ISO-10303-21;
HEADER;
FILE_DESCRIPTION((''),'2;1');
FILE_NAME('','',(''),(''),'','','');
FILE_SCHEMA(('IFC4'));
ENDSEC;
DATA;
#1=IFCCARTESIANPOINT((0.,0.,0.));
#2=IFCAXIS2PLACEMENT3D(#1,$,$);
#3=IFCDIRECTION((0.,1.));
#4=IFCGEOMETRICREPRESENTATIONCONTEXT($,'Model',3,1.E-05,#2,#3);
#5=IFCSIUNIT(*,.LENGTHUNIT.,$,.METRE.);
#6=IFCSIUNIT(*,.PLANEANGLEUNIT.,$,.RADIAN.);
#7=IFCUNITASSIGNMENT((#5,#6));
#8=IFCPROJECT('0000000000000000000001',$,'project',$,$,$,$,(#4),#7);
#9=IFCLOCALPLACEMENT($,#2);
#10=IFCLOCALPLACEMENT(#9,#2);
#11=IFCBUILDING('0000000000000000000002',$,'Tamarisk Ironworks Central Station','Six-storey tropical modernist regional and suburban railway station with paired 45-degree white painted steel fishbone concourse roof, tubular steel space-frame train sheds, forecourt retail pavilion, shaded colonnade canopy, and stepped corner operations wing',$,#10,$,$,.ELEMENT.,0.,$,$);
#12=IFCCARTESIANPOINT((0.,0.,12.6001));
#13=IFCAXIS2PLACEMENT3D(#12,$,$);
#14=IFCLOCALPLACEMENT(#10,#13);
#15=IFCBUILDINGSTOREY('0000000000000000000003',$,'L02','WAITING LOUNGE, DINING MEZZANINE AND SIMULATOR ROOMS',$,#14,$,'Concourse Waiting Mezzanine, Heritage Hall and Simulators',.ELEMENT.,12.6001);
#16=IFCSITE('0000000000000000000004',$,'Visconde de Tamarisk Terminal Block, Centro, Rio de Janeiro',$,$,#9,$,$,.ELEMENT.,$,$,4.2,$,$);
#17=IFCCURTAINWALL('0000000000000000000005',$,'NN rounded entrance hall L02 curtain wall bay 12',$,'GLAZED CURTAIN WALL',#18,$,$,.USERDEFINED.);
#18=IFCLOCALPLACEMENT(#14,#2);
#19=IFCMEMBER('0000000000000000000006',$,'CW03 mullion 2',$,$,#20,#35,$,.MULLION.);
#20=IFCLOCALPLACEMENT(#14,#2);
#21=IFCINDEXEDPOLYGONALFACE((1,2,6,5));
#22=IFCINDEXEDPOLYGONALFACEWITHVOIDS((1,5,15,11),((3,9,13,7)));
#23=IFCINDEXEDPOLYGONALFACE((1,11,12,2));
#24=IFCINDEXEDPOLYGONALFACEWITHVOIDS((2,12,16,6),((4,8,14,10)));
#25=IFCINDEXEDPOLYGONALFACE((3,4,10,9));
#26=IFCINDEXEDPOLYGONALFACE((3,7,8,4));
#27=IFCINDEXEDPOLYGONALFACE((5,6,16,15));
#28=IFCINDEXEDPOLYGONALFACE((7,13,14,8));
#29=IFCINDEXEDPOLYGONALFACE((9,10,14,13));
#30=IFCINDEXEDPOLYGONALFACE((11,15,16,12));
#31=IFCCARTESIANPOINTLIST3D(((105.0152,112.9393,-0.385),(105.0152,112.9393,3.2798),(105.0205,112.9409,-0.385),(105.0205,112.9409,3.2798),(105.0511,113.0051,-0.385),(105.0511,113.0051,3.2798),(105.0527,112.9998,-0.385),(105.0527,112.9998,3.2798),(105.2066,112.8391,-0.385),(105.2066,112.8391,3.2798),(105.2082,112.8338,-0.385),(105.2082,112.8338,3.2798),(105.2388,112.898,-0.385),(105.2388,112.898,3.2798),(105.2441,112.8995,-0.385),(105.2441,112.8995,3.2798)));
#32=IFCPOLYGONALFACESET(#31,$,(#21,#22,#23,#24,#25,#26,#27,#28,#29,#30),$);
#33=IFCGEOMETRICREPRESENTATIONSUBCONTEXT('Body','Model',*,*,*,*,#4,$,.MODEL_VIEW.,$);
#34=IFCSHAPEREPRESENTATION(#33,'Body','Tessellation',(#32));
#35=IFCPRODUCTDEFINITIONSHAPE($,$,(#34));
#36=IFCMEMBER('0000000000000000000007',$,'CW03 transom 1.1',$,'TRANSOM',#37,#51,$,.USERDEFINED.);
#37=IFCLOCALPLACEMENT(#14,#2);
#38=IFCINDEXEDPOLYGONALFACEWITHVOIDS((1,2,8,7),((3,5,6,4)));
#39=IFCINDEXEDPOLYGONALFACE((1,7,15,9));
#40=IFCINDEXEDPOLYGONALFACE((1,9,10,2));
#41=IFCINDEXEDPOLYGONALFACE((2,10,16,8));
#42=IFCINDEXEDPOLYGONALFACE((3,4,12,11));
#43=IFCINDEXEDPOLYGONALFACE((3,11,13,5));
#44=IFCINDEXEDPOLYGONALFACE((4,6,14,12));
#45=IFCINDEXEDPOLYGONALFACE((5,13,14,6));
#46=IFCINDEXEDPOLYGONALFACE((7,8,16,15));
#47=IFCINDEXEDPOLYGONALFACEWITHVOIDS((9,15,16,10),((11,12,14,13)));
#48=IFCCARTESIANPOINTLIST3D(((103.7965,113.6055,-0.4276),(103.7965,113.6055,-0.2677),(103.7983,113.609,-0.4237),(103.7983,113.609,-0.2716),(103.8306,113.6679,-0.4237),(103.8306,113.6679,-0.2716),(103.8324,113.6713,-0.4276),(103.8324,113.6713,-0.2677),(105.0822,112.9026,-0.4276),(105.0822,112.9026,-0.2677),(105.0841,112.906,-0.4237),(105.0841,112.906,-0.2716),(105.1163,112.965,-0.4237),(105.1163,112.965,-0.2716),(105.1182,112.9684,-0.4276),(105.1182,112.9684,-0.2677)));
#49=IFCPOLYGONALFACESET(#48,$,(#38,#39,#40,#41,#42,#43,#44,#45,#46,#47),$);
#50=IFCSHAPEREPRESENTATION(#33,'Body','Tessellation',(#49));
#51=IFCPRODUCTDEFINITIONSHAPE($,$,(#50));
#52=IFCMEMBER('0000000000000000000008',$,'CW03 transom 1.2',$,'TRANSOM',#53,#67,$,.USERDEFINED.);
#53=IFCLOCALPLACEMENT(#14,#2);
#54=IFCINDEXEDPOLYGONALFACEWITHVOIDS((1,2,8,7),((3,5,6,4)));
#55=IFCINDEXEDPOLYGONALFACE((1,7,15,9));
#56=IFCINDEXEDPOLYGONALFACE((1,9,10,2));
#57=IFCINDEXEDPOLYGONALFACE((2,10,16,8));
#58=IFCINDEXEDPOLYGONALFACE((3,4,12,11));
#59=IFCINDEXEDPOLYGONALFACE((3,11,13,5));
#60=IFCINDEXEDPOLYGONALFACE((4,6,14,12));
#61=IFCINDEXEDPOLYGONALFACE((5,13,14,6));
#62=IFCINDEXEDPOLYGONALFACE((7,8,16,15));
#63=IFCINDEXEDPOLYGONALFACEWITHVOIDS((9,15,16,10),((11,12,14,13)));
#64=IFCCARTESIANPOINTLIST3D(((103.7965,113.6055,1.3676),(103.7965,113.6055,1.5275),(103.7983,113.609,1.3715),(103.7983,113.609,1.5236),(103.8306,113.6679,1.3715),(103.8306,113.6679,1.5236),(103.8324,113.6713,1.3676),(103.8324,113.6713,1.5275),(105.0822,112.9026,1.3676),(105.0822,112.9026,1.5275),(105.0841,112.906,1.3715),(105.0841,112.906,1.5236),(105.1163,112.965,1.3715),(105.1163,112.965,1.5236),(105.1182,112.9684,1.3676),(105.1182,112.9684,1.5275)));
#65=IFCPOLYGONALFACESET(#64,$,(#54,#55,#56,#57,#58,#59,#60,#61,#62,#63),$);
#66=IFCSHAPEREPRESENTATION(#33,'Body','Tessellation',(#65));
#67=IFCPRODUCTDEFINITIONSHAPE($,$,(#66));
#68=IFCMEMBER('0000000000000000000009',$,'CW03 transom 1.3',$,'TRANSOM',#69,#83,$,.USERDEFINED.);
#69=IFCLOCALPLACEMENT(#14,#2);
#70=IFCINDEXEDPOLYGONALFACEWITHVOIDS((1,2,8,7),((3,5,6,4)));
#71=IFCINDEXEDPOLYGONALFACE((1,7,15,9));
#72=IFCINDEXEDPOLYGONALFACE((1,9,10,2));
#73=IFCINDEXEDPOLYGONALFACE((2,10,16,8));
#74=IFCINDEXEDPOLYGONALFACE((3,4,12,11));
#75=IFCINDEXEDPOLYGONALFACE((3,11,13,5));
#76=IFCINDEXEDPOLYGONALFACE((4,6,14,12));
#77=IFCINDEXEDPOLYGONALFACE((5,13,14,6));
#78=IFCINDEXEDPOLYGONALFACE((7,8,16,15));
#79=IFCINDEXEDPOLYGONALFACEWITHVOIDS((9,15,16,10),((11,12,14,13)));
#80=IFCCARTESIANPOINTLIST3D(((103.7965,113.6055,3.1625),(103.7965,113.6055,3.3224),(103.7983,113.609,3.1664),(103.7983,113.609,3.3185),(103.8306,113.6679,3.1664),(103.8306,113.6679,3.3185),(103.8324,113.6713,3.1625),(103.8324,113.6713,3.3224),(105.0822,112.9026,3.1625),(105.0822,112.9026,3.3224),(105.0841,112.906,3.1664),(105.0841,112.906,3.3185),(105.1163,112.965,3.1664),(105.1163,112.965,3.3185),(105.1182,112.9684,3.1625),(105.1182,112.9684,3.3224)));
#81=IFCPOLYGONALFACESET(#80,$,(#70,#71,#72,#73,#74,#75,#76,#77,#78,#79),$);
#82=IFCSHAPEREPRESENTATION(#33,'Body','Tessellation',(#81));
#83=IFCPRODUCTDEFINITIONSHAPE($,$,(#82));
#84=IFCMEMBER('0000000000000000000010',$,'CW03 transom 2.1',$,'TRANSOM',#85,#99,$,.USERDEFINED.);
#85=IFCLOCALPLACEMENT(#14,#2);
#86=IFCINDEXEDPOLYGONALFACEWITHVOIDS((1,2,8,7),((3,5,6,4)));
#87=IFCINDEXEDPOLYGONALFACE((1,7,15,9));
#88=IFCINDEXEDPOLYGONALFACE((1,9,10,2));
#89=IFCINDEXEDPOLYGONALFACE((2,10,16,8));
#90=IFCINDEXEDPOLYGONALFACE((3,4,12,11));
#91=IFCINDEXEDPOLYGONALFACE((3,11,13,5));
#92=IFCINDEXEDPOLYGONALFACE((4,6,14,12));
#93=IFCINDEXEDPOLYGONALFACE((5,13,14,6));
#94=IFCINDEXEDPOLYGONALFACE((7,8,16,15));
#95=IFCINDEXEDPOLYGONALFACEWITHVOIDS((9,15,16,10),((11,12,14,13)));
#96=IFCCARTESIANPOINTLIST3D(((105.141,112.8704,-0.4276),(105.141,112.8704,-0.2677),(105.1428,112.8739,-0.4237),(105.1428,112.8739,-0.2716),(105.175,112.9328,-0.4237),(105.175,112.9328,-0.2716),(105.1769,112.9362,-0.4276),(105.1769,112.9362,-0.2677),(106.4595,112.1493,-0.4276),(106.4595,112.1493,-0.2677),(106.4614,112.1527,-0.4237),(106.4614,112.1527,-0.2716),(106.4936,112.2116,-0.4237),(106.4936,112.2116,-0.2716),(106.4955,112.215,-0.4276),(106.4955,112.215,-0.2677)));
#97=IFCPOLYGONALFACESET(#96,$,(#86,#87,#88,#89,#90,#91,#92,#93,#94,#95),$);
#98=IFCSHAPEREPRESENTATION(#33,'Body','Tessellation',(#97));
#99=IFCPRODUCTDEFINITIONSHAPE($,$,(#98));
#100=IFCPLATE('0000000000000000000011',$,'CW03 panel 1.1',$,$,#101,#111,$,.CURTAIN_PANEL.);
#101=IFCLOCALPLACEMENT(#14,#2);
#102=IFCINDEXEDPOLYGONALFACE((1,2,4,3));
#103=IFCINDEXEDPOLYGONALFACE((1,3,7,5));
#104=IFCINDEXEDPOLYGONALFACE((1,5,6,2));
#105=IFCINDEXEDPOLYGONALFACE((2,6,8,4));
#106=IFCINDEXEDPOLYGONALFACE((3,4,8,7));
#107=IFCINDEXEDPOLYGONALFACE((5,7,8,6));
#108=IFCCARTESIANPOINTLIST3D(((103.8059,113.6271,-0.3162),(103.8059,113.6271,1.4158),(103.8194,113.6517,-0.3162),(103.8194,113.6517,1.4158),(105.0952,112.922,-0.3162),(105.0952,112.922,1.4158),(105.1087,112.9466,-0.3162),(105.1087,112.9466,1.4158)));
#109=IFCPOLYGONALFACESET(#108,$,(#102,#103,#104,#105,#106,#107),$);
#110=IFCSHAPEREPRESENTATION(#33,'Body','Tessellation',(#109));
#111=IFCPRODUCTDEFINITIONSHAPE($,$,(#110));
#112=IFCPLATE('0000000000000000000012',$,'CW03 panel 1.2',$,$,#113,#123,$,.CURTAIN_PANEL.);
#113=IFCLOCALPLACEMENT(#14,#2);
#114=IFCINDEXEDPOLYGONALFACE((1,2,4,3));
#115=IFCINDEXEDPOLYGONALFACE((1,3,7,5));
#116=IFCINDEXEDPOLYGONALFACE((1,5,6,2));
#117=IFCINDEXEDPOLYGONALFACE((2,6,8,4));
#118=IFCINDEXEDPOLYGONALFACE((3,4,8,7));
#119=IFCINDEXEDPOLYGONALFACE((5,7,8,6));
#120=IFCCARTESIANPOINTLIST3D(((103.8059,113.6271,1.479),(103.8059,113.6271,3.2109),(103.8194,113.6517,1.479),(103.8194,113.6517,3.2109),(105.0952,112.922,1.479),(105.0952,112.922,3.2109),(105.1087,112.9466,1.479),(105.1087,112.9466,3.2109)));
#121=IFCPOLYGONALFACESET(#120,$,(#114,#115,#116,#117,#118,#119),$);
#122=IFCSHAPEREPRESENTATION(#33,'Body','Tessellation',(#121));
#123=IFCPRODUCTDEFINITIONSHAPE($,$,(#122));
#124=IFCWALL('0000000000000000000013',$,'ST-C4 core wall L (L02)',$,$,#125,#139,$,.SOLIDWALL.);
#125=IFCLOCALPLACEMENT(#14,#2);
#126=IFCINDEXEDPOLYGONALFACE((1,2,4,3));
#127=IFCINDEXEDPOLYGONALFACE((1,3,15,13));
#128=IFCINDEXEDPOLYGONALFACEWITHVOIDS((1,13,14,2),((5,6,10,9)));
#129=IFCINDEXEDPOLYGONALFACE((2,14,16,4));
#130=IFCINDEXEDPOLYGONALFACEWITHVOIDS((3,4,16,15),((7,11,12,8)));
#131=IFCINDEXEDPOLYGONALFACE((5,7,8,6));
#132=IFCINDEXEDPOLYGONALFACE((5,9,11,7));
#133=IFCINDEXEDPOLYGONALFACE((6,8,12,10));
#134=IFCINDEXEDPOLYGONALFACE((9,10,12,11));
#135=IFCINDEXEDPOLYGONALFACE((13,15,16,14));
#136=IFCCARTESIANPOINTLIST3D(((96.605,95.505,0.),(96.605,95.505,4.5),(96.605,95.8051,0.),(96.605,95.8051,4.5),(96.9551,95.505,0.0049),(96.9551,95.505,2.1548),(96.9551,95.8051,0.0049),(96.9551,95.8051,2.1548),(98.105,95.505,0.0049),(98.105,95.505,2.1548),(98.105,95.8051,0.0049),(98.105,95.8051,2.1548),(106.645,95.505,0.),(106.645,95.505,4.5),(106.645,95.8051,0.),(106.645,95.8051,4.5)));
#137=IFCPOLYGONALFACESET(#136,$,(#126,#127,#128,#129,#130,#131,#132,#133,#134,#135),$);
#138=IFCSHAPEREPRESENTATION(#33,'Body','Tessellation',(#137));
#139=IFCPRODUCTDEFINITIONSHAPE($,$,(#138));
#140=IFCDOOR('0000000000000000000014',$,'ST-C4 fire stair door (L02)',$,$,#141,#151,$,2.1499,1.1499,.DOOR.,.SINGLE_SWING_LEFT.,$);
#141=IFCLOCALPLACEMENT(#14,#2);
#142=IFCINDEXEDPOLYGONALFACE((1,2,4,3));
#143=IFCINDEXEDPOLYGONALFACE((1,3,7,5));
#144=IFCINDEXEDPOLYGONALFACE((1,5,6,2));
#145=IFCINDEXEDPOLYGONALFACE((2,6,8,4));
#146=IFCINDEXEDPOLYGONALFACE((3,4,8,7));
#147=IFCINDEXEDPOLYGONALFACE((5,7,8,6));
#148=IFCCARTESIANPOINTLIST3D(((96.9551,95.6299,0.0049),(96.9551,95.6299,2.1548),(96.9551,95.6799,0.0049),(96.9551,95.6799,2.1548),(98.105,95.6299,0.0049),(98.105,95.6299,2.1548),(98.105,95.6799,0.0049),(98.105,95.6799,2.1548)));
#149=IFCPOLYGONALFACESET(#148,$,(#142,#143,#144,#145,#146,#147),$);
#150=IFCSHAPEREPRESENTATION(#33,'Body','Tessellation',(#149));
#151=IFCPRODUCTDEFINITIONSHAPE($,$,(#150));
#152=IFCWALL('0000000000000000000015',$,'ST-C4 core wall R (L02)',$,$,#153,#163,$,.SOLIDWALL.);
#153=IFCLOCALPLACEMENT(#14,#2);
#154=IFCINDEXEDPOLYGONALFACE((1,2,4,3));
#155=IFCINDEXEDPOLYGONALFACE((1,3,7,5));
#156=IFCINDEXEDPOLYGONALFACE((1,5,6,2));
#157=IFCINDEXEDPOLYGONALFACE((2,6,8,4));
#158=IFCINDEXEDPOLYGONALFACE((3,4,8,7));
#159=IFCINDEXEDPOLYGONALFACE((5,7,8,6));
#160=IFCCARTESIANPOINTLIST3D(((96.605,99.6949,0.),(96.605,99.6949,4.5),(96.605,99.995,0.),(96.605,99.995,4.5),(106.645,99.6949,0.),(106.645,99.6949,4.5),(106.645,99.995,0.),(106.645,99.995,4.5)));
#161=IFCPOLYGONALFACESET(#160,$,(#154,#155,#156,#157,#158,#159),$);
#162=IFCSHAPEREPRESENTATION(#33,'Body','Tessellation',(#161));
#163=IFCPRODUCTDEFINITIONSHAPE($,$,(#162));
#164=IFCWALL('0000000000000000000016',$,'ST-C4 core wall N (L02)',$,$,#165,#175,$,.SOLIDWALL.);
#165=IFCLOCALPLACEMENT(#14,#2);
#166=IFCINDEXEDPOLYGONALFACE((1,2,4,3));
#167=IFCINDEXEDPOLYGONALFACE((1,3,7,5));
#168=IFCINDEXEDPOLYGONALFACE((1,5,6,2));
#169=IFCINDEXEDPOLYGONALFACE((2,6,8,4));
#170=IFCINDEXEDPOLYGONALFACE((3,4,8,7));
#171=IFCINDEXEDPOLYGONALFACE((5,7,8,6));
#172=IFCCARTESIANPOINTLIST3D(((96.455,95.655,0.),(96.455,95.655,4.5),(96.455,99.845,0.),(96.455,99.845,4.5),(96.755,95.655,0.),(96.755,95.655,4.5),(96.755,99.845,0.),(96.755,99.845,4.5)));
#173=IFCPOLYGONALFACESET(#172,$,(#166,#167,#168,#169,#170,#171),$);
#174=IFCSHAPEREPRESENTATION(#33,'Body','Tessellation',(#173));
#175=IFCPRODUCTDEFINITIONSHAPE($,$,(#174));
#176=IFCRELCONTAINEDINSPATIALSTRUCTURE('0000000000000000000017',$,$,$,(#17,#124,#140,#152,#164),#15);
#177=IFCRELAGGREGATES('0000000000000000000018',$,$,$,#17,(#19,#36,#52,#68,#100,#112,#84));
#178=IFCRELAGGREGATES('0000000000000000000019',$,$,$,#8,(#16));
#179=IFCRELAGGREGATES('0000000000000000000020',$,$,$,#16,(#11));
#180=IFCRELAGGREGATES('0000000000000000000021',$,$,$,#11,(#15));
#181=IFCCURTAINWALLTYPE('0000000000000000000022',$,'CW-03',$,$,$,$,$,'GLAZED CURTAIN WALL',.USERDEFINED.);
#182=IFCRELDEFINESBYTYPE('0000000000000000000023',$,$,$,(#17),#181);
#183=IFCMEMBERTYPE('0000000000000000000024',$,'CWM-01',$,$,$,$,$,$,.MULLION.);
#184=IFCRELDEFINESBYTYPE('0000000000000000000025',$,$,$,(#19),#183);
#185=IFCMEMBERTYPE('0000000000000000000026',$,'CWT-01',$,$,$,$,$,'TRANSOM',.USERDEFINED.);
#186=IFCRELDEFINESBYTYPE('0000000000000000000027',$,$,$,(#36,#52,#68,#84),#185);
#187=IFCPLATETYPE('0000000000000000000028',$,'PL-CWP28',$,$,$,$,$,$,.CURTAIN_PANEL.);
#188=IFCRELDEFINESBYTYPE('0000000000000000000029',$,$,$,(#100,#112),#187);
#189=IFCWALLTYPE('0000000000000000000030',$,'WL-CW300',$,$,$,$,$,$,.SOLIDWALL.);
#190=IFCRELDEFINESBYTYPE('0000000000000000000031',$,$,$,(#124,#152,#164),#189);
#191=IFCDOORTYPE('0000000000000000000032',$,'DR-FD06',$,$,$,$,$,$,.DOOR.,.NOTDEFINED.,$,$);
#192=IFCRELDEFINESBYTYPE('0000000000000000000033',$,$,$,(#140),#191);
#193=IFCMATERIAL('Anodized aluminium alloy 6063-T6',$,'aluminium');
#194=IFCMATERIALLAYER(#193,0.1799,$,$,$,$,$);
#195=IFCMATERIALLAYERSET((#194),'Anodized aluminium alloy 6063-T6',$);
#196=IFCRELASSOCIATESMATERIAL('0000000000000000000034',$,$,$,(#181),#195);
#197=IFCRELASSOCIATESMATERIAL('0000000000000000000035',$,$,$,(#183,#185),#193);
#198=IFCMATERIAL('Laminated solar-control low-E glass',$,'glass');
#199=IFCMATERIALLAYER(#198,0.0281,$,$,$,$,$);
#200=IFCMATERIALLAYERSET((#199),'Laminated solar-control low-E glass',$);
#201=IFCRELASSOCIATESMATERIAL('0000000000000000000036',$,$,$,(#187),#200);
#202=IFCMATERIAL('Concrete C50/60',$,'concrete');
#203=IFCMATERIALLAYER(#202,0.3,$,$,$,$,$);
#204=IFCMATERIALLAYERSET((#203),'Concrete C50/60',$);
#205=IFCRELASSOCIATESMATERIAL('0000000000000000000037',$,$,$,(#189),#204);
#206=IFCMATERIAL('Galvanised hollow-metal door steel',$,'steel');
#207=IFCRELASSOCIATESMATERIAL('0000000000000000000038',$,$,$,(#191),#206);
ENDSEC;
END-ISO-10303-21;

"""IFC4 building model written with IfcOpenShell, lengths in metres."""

from ifc_helpers import new_model, si_unit, direction, frame, frame_2d, origin, origin_2d, place, context, subcontext, project, spatial, rectangle, hollow_rectangle, extrude, material, layer, layer_set, material_profile, profile_set, type_object, element, fill, aggregate, save


model = new_model("IFC4")

# Units and contexts
model_context = context("Model", 3, precision=1e-05, world=origin(), true_north=direction((0.0, 1.0)))
body_context = subcontext(model_context, "Body", "Model", "MODEL_VIEW")
ifc_project = project(units=[si_unit("LENGTHUNIT", "METRE"), si_unit("PLANEANGLEUNIT", "RADIAN")], contexts=[model_context])

# Site, building, storey
site_placement = place(None, origin())
site = spatial("IfcSite", under=ifc_project, at=site_placement, Name="Visconde de Tamarisk Terminal Block, Centro, Rio de Janeiro", CompositionType="ELEMENT", RefElevation=4.2)
building_placement = place(site_placement, origin())
building = spatial("IfcBuilding", under=site, at=building_placement, Name="Tamarisk Ironworks Central Station", Description="Six-storey tropical modernist regional and suburban railway station with paired 45-degree white painted steel fishbone concourse roof, tubular steel space-frame train sheds, forecourt retail pavilion, shaded colonnade canopy, and stepped corner operations wing", CompositionType="ELEMENT", ElevationOfRefHeight=0.0)
storey_placement = place(building_placement, frame((0.0, 0.0, 12.6001)))
storey = spatial("IfcBuildingStorey", under=building, at=storey_placement, Name="L02", Description="WAITING LOUNGE, DINING MEZZANINE AND SIMULATOR ROOMS", LongName="Concourse Waiting Mezzanine, Heritage Hall and Simulators", CompositionType="ELEMENT", Elevation=12.6001)

# Curtain wall, members, plates
ifc_material_1 = material(Name="Anodized aluminium alloy 6063-T6", Category="aluminium")
ifc_layer_1 = layer(ifc_material_1, 0.1799)
ifc_layer_set_1 = layer_set([ifc_layer_1], Name="Anodized aluminium alloy 6063-T6")
curtain_wall_type = type_object("IfcCurtainWallType", Name="CW-03", ElementType="GLAZED CURTAIN WALL", PredefinedType="USERDEFINED", material=ifc_layer_set_1)
curtain_wall_placement = place(storey_placement, origin())
curtain_wall = element("IfcCurtainWall", 1, at=curtain_wall_placement, inside=storey, type_object=curtain_wall_type, Name="NN rounded entrance hall L02 curtain wall bay 12", ObjectType="GLAZED CURTAIN WALL", PredefinedType="USERDEFINED")
ifc_material_profile_1 = material_profile(ifc_material_1, hollow_rectangle(XDim=0.075, YDim=0.22, WallThickness=0.0039, at=origin_2d()), Name="ALUM 220x75")
ifc_profile_set_1 = profile_set([ifc_material_profile_1], Name="Anodized aluminium alloy 6063-T6")
member_type_1 = type_object("IfcMemberType", Name="CWM-01", PredefinedType="MULLION", material=ifc_profile_set_1)
member_1_placement = place(storey_placement, frame((105.1296, 112.9194, -0.385), z_axis=(0.0, 0.0, 1.0), x_axis=(0.479805, 0.877375, 0.0)))
member_1 = element("IfcMember", 2, at=member_1_placement, type_object=member_type_1, Name="CW03 mullion 2", PredefinedType="MULLION", context=body_context, shape_type="SweptSolid", body=[
    extrude(hollow_rectangle(XDim=0.075, YDim=0.22, WallThickness=0.0039, at=origin_2d()), origin(), (0.0, 0.0, 1.0), 3.6648),
])
ifc_material_profile_2 = material_profile(ifc_material_1, hollow_rectangle(XDim=0.075, YDim=0.1599, WallThickness=0.0039, at=origin_2d()), Name="ALUM 160x75")
ifc_profile_set_2 = profile_set([ifc_material_profile_2], Name="Anodized aluminium alloy 6063-T6")
member_type_2 = type_object("IfcMemberType", Name="CWT-01", ElementType="TRANSOM", PredefinedType="USERDEFINED", material=ifc_profile_set_2)
member_2_placement = place(storey_placement, frame((103.8145, 113.6384, -0.3477), z_axis=(0.87743, -0.479704, 0.0), x_axis=(0.479704, 0.87743, 0.0)))
member_2 = element("IfcMember", 3, at=member_2_placement, type_object=member_type_2, Name="CW03 transom 1.1", ObjectType="TRANSOM", PredefinedType="USERDEFINED", context=body_context, shape_type="SweptSolid", body=[
    extrude(hollow_rectangle(XDim=0.075, YDim=0.1599, WallThickness=0.0039, at=origin_2d()), origin(), (0.0, 0.0, 1.0), 1.4653),
])
member_3_placement = place(storey_placement, frame((103.8145, 113.6384, 1.4475), z_axis=(0.87743, -0.479704, 0.0), x_axis=(0.479704, 0.87743, 0.0)))
member_3 = element("IfcMember", 4, at=member_3_placement, type_object=member_type_2, Name="CW03 transom 1.2", ObjectType="TRANSOM", PredefinedType="USERDEFINED", context=body_context, shape_type="SweptSolid", body=[
    extrude(hollow_rectangle(XDim=0.075, YDim=0.1599, WallThickness=0.0039, at=origin_2d()), origin(), (0.0, 0.0, 1.0), 1.4653),
])
member_4_placement = place(storey_placement, frame((103.8145, 113.6384, 3.2424), z_axis=(0.87743, -0.479704, 0.0), x_axis=(0.479704, 0.87743, 0.0)))
member_4 = element("IfcMember", 5, at=member_4_placement, type_object=member_type_2, Name="CW03 transom 1.3", ObjectType="TRANSOM", PredefinedType="USERDEFINED", context=body_context, shape_type="SweptSolid", body=[
    extrude(hollow_rectangle(XDim=0.075, YDim=0.1599, WallThickness=0.0039, at=origin_2d()), origin(), (0.0, 0.0, 1.0), 1.4653),
])
member_5_placement = place(storey_placement, frame((105.1589, 112.9033, -0.3477), z_axis=(0.877349, -0.479853, 0.0), x_axis=(0.479853, 0.877349, 0.0)))
member_5 = element("IfcMember", 6, at=member_5_placement, type_object=member_type_2, Name="CW03 transom 2.1", ObjectType="TRANSOM", PredefinedType="USERDEFINED", context=body_context, shape_type="SweptSolid", body=[
    extrude(hollow_rectangle(XDim=0.075, YDim=0.1599, WallThickness=0.0039, at=origin_2d()), origin(), (0.0, 0.0, 1.0), 1.5029),
])
ifc_material_2 = material(Name="Laminated solar-control low-E glass", Category="glass")
ifc_layer_2 = layer(ifc_material_2, 0.0281)
ifc_layer_set_2 = layer_set([ifc_layer_2], Name="Laminated solar-control low-E glass")
plate_type = type_object("IfcPlateType", Name="PL-CWP28", PredefinedType="CURTAIN_PANEL", material=ifc_layer_set_2)
plate_1_placement = place(storey_placement, frame((104.4573, 113.2869, -0.3162), z_axis=(0.0, 0.0, 1.0), x_axis=(0.877375, -0.479805, 0.0)))
plate_1 = element("IfcPlate", 7, at=plate_1_placement, type_object=plate_type, Name="CW03 panel 1.1", PredefinedType="CURTAIN_PANEL", context=body_context, shape_type="SweptSolid", body=[
    extrude(rectangle(XDim=1.4695, YDim=0.0281, at=origin_2d()), origin(), (0.0, 0.0, 1.0), 1.7319),
])
plate_2_placement = place(storey_placement, frame((104.4573, 113.2869, 1.479), z_axis=(0.0, 0.0, 1.0), x_axis=(0.877375, -0.479805, 0.0)))
plate_2 = element("IfcPlate", 8, at=plate_2_placement, type_object=plate_type, Name="CW03 panel 1.2", PredefinedType="CURTAIN_PANEL", context=body_context, shape_type="SweptSolid", body=[
    extrude(rectangle(XDim=1.4695, YDim=0.0281, at=origin_2d()), origin(), (0.0, 0.0, 1.0), 1.7319),
])
aggregate(curtain_wall, [member_1, member_2, member_3, member_4, plate_1, plate_2, member_5])

# Wall, opening, door
ifc_material_3 = material(Name="Concrete C50/60", Category="concrete")
ifc_layer_3 = layer(ifc_material_3, 0.3)
ifc_layer_set_3 = layer_set([ifc_layer_3], Name="Concrete C50/60")
wall_type_1 = type_object("IfcWallType", Name="WL-CW300", PredefinedType="SOLIDWALL", material=ifc_layer_set_3)
wall_1_placement = place(storey_placement, frame((96.605, 95.655, 0.0), z_axis=(0.0, 0.0, 1.0), x_axis=(1.0, 0.0, 0.0)))
wall_1 = element("IfcWall", 9, at=wall_1_placement, inside=storey, type_object=wall_type_1, Name="ST-C4 core wall L (L02)", PredefinedType="SOLIDWALL", context=body_context, shape_type="SweptSolid", body=[
    extrude(rectangle(XDim=10.04, YDim=0.3, at=frame_2d((5.02, 0.0))), origin(), (0.0, 0.0, 1.0), 4.5),
])
opening_1_placement = place(wall_1_placement, frame((0.3501, 0.0, 0.0049)))
opening_1 = element("IfcOpeningElement", 10, at=opening_1_placement, cuts=wall_1, PredefinedType="OPENING", context=body_context, shape_type="SweptSolid", body=[
    extrude(rectangle(XDim=1.1499, YDim=2.1499, at=frame_2d((0.575, 1.075))), frame((0.0, 0.1621, 0.0), z_axis=(0.0, -1.0, 0.0), x_axis=(1.0, 0.0, 0.0)), (0.0, 0.0, 1.0), 0.324),
])
ifc_material_4 = material(Name="Galvanised hollow-metal door steel", Category="steel")
door_type_1 = type_object("IfcDoorType", Name="DR-FD06", OperationType="NOTDEFINED", PredefinedType="DOOR", material=ifc_material_4)
door_1_placement = place(opening_1_placement, origin())
door_1 = element("IfcDoor", 11, at=door_1_placement, inside=storey, type_object=door_type_1, Name="ST-C4 fire stair door (L02)", OperationType="SINGLE_SWING_LEFT", OverallHeight=2.1499, OverallWidth=1.1499, PredefinedType="DOOR", context=body_context, shape_type="SweptSolid", body=[
    extrude(rectangle(XDim=1.1499, YDim=2.1499, at=frame_2d((0.575, 1.075))), frame((0.0, 0.0249, 0.0), z_axis=(0.0, -1.0, 0.0), x_axis=(1.0, 0.0, 0.0)), (0.0, 0.0, 1.0), 0.05),
])
fill(opening_1, door_1)

# Walls
wall_2_placement = place(storey_placement, frame((96.605, 99.845, 0.0), z_axis=(0.0, 0.0, 1.0), x_axis=(1.0, 0.0, 0.0)))
element("IfcWall", 12, at=wall_2_placement, inside=storey, type_object=wall_type_1, Name="ST-C4 core wall R (L02)", PredefinedType="SOLIDWALL", context=body_context, shape_type="SweptSolid", body=[
    extrude(rectangle(XDim=10.04, YDim=0.3, at=frame_2d((5.02, 0.0))), origin(), (0.0, 0.0, 1.0), 4.5),
])
wall_3_placement = place(storey_placement, frame((96.605, 95.655, 0.0), z_axis=(0.0, 0.0, 1.0), x_axis=(0.0, 1.0, 0.0)))
element("IfcWall", 13, at=wall_3_placement, inside=storey, type_object=wall_type_1, Name="ST-C4 core wall N (L02)", PredefinedType="SOLIDWALL", context=body_context, shape_type="SweptSolid", body=[
    extrude(rectangle(XDim=4.1899, YDim=0.3, at=frame_2d((2.095, 0.0))), origin(), (0.0, 0.0, 1.0), 4.5),
])

save(model, "model.ifc")
